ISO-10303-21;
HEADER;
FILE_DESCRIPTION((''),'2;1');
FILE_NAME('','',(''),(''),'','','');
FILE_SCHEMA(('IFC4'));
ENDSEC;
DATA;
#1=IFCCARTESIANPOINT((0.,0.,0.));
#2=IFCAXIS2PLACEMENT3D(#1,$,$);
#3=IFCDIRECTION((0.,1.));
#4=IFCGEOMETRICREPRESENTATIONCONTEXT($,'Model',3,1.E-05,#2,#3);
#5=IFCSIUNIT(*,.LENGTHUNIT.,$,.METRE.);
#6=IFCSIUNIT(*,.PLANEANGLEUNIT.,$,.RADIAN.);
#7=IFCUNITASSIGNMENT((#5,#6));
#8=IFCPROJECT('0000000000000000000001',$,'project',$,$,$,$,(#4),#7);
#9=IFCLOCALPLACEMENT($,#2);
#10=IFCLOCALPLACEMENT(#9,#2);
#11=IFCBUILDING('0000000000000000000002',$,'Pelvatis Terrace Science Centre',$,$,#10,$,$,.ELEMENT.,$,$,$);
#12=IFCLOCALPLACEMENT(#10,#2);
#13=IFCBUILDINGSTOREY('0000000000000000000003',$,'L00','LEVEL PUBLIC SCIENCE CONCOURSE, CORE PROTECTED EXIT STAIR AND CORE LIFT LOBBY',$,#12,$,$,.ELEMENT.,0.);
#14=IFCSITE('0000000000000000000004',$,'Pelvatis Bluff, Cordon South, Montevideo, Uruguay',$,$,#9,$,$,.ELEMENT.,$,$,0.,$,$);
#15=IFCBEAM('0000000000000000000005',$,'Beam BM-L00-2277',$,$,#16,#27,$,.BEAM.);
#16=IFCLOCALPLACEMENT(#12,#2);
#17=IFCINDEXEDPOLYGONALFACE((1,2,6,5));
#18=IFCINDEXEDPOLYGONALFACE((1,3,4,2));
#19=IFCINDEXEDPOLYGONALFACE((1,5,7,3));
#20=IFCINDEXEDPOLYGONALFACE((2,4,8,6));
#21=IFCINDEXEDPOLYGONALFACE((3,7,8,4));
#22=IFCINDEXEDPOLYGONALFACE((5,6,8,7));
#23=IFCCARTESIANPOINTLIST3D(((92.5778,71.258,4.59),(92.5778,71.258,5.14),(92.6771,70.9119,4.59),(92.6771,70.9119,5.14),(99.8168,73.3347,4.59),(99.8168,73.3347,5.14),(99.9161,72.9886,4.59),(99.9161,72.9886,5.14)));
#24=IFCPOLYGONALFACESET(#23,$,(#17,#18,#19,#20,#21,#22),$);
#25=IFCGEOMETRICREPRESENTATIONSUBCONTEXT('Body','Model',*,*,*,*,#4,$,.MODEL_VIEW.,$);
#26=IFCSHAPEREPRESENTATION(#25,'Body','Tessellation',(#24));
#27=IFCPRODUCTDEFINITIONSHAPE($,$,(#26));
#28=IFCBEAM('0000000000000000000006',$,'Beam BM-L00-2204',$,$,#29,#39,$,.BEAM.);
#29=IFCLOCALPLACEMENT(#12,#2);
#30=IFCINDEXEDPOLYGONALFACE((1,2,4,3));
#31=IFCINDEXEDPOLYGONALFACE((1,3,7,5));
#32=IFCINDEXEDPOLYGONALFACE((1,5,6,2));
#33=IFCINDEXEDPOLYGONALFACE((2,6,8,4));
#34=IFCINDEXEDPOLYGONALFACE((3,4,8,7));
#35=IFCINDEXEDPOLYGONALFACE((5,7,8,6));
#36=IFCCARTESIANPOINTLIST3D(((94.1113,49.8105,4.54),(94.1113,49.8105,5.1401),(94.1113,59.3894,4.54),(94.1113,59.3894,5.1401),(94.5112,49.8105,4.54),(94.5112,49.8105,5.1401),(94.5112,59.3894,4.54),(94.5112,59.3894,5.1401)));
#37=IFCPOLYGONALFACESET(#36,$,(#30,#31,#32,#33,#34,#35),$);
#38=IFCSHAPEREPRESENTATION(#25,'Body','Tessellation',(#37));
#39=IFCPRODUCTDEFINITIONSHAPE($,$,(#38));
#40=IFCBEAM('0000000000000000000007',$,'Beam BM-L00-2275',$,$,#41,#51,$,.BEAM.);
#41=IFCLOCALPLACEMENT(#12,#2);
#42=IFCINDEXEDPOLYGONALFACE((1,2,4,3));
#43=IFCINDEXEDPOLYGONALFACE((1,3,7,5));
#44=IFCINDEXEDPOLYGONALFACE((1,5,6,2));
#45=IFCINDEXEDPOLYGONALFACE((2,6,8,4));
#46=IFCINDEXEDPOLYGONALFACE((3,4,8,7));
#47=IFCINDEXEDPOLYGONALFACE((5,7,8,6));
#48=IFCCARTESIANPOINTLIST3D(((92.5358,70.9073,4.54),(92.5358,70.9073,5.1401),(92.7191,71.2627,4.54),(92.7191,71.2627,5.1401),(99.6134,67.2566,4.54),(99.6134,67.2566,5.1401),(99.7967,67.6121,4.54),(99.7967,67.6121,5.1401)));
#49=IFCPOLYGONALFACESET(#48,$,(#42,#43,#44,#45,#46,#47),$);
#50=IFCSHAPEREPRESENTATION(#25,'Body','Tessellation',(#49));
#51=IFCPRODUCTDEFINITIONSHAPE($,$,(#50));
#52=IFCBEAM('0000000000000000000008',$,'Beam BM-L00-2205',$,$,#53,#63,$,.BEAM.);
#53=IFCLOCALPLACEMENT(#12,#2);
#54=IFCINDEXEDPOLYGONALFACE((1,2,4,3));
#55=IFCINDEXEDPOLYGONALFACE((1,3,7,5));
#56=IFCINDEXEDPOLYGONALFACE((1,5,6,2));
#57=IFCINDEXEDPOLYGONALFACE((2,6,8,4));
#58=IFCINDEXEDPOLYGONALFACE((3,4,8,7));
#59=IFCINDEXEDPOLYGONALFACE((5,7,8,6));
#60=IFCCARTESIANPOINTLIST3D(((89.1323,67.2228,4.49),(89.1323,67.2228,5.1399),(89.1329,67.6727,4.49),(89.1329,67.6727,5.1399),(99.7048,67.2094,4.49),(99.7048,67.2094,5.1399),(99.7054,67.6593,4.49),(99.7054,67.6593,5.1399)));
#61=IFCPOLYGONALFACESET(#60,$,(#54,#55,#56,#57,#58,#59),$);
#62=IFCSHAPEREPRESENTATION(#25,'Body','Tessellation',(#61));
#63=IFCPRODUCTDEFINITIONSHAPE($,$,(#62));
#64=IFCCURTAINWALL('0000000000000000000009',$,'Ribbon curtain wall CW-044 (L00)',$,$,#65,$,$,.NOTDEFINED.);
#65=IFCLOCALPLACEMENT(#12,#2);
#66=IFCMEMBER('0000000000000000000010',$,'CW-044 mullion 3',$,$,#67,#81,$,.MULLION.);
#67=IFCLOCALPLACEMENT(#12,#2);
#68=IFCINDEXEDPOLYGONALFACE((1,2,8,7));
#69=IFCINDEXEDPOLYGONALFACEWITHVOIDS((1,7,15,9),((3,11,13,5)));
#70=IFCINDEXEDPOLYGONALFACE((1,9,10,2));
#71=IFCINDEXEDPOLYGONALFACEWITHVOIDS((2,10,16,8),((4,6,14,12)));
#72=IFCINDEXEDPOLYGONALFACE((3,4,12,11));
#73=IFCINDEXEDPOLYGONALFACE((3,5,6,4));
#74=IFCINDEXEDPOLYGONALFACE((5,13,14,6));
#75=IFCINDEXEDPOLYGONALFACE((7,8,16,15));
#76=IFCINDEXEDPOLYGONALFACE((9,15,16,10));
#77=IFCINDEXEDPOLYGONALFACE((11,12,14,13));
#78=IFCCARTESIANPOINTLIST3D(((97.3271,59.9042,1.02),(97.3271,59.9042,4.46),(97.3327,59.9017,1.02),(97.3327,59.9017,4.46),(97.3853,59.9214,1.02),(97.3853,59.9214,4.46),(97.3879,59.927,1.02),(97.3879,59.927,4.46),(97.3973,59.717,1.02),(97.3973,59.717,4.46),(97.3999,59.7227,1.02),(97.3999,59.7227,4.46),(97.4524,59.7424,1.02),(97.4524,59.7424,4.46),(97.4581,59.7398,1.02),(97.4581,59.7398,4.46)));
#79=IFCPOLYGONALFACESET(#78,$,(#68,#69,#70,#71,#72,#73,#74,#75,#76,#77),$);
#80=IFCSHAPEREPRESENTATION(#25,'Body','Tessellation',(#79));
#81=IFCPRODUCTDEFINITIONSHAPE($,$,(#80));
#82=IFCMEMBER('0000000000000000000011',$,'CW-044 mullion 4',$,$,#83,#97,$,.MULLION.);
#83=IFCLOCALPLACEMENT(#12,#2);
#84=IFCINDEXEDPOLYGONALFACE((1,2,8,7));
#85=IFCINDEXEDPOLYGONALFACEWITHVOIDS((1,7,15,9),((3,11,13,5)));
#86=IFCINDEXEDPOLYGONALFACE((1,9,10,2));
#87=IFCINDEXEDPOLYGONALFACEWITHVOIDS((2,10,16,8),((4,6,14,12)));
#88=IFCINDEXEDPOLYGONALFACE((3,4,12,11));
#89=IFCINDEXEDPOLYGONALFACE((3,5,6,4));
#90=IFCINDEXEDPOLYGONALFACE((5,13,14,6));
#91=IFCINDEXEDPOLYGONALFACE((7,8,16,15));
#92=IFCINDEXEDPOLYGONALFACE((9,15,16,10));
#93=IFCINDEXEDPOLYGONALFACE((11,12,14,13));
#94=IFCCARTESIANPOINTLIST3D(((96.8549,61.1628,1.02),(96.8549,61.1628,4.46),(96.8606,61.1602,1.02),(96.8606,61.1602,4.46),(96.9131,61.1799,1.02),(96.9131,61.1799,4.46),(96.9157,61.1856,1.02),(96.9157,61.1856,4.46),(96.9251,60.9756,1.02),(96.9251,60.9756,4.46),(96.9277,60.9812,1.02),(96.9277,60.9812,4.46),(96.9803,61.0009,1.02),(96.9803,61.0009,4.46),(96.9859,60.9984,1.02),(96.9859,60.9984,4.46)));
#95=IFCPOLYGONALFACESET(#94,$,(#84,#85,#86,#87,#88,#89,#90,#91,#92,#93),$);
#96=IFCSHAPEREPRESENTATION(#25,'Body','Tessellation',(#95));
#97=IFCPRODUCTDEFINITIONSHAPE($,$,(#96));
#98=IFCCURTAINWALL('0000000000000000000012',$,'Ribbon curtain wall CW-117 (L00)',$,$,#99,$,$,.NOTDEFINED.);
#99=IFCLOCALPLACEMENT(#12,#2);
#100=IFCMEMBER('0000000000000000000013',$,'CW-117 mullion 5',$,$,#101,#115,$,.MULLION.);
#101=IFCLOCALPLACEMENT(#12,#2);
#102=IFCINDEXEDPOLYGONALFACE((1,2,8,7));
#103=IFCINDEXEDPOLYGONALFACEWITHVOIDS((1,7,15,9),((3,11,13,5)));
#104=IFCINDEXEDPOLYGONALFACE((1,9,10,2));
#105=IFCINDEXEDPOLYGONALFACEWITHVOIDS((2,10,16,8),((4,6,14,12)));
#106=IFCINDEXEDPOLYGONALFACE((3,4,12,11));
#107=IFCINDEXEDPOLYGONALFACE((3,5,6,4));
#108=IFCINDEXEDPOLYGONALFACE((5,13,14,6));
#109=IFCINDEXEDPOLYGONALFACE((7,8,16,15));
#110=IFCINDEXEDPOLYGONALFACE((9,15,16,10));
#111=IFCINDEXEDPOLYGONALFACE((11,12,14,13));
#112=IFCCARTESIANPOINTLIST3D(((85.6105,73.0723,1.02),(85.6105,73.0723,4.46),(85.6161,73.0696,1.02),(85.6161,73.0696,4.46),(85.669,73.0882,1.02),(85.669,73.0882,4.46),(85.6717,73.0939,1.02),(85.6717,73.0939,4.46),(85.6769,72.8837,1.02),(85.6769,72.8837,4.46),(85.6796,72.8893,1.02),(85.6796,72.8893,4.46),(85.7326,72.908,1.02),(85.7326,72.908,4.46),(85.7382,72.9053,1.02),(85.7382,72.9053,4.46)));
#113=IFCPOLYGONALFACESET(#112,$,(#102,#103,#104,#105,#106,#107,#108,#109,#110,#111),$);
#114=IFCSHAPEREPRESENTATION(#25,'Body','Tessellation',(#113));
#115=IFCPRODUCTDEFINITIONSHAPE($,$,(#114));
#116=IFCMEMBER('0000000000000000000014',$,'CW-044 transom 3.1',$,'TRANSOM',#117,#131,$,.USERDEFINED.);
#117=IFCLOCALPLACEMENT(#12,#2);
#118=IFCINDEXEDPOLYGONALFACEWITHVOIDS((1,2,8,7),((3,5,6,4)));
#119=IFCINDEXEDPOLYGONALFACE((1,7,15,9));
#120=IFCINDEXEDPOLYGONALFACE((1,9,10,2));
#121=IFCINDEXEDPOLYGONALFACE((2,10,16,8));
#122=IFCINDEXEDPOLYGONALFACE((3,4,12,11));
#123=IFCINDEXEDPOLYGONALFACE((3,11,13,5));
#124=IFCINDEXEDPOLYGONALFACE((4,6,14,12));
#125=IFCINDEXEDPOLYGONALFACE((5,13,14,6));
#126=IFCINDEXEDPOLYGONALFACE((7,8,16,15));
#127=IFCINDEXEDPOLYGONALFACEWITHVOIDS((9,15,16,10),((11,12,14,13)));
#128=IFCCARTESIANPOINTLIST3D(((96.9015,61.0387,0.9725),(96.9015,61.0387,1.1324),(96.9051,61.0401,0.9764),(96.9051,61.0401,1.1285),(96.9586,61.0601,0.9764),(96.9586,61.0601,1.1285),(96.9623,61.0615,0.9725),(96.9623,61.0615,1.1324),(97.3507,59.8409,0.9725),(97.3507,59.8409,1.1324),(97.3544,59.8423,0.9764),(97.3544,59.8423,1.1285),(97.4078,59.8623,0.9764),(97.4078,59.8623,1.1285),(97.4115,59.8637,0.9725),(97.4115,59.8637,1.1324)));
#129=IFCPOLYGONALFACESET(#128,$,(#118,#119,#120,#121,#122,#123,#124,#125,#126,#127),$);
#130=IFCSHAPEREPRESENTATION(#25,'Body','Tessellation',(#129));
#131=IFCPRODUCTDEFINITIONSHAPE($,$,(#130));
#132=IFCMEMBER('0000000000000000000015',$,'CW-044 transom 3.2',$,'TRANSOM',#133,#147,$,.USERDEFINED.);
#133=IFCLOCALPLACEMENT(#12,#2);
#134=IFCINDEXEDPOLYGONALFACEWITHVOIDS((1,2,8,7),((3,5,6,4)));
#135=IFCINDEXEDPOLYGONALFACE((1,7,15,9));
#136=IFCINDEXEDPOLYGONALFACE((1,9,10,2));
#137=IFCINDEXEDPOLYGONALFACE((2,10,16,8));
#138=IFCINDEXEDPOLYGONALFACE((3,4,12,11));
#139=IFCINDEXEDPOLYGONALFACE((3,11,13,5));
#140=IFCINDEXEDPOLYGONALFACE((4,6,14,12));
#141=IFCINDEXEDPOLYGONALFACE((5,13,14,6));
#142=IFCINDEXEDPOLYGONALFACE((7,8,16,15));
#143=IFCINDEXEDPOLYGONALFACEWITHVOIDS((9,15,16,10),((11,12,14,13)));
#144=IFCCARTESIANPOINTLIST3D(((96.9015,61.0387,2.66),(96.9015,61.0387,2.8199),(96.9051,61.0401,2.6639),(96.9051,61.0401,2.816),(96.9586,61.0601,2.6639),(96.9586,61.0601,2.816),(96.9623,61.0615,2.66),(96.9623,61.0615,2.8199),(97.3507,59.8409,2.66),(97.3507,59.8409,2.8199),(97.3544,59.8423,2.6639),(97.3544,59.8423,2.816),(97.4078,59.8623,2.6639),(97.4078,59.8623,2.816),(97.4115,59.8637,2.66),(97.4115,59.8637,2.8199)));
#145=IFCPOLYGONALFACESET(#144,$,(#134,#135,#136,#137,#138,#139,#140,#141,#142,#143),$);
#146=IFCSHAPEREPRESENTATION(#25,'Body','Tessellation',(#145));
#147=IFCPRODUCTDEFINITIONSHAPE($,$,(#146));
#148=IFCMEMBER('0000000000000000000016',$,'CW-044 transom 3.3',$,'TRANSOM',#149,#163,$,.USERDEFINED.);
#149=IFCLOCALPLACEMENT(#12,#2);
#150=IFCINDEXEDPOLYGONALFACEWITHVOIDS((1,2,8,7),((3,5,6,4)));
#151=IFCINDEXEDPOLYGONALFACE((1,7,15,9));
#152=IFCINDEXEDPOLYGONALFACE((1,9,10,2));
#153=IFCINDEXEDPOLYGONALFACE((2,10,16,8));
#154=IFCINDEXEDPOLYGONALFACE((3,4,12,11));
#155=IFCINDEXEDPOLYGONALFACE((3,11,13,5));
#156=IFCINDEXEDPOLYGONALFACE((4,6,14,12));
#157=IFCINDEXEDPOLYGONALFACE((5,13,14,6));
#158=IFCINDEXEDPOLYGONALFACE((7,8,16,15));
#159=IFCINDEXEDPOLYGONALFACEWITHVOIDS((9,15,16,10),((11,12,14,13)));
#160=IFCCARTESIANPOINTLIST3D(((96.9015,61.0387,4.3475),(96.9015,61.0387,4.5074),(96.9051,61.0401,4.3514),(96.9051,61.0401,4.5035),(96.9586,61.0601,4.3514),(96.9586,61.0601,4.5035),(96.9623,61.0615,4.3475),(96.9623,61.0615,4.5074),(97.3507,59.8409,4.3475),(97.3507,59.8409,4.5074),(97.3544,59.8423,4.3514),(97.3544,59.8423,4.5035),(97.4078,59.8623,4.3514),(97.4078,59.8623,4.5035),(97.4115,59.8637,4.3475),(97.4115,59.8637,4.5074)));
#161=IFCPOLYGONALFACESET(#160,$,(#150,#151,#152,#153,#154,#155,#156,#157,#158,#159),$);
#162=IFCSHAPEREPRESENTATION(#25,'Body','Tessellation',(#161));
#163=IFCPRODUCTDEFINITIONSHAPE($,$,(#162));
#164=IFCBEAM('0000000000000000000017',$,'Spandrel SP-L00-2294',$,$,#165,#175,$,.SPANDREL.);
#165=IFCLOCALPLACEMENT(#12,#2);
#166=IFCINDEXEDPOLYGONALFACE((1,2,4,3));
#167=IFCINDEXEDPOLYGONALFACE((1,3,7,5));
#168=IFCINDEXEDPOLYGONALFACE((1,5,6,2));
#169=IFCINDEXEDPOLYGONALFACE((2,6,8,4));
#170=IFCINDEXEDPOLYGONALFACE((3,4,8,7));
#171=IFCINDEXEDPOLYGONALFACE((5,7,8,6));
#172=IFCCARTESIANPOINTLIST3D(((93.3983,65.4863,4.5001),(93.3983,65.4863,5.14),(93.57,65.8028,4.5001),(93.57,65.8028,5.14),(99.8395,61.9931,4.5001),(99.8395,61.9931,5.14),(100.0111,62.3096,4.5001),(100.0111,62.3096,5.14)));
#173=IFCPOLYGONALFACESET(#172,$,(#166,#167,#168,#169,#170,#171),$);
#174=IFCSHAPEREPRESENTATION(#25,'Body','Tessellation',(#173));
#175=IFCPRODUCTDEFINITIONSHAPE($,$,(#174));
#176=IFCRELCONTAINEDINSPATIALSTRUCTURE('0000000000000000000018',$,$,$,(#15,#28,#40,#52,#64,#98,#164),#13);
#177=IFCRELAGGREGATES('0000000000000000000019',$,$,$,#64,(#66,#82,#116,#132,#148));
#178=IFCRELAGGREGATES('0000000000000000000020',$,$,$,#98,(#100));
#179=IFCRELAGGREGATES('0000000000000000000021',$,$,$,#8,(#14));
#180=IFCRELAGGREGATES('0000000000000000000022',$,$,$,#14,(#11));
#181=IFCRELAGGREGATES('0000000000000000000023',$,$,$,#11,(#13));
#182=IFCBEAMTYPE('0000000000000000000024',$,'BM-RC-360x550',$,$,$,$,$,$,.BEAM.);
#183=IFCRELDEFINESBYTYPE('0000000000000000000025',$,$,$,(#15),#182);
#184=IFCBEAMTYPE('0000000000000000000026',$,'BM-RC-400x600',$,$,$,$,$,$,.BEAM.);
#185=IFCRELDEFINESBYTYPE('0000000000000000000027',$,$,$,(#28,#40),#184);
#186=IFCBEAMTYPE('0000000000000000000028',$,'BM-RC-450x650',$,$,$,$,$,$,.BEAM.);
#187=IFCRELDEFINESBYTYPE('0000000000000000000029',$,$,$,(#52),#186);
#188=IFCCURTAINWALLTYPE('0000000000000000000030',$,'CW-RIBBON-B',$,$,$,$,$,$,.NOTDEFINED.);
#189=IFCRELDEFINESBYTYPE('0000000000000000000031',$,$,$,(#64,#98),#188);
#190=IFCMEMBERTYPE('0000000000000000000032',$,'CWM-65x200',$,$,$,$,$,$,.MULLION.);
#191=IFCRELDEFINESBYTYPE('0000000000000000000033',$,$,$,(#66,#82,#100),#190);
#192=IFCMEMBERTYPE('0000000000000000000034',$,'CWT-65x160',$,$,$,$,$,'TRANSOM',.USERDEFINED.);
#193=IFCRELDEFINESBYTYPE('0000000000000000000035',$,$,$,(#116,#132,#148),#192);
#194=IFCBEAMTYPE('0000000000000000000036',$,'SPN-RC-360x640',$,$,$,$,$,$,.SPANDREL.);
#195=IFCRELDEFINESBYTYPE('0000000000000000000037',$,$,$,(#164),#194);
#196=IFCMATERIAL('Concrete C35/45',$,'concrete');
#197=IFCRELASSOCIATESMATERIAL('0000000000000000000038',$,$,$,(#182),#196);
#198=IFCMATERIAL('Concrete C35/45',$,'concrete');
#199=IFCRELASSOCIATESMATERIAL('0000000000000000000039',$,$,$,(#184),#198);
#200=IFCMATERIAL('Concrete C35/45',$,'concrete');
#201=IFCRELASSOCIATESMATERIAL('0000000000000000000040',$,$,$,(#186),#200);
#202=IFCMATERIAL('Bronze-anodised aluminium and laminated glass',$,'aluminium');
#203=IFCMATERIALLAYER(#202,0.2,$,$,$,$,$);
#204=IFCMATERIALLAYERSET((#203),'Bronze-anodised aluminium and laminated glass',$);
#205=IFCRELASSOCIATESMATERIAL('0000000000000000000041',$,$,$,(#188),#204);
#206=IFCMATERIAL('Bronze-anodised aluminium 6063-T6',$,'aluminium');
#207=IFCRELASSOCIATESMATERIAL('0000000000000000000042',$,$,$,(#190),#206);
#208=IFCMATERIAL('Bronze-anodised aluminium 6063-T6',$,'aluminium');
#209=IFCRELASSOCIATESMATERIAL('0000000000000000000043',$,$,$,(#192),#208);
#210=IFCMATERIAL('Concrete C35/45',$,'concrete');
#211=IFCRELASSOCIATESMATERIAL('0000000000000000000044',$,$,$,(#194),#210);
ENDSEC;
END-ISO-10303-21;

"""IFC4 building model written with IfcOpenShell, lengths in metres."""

from ifc_helpers import new_model, si_unit, direction, frame, origin, origin_2d, place, context, subcontext, project, spatial, rectangle, hollow_rectangle, extrude, material, layer, layer_set, material_profile, profile_set, type_object, element, aggregate, save


model = new_model("IFC4")

# Units and contexts
model_context = context("Model", 3, precision=1e-05, world=origin(), true_north=direction((0.0, 1.0)))
body_context = subcontext(model_context, "Body", "Model", "MODEL_VIEW")
ifc_project = project(units=[si_unit("LENGTHUNIT", "METRE"), si_unit("PLANEANGLEUNIT", "RADIAN")], contexts=[model_context])

# Site, building, storey
site_placement = place(None, origin())
site = spatial("IfcSite", under=ifc_project, at=site_placement, Name="Pelvatis Bluff, Cordon South, Montevideo, Uruguay", CompositionType="ELEMENT", RefElevation=0.0)
building_placement = place(site_placement, origin())
building = spatial("IfcBuilding", under=site, at=building_placement, Name="Pelvatis Terrace Science Centre", CompositionType="ELEMENT")
storey_placement = place(building_placement, origin())
storey = spatial("IfcBuildingStorey", under=building, at=storey_placement, Name="L00", Description="LEVEL PUBLIC SCIENCE CONCOURSE, CORE PROTECTED EXIT STAIR AND CORE LIFT LOBBY", CompositionType="ELEMENT", Elevation=0.0)

# Beams
ifc_material_1 = material(Name="Concrete C35/45", Category="concrete")
ifc_material_profile_1 = material_profile(ifc_material_1, rectangle(XDim=0.3601, YDim=0.55, at=origin_2d()), Name="RC-BM 360x550")
ifc_profile_set_1 = profile_set([ifc_material_profile_1], Name="Concrete C35/45")
beam_type_1 = type_object("IfcBeamType", Name="BM-RC-360x550", PredefinedType="BEAM", material=ifc_profile_set_1)
beam_1_placement = place(storey_placement, frame((92.6274, 71.085, 4.865), z_axis=(0.96123, 0.275749, 0.0), x_axis=(-0.275749, 0.96123, 0.0)))
element("IfcBeam", 1, at=beam_1_placement, inside=storey, type_object=beam_type_1, Name="Beam BM-L00-2277", PredefinedType="BEAM", context=body_context, shape_type="SweptSolid", body=[
    extrude(rectangle(XDim=0.3601, YDim=0.55, at=origin_2d()), origin(), (0.0, 0.0, 1.0), 7.531),
])
ifc_material_2 = material(Name="Concrete C35/45", Category="concrete")
ifc_material_profile_2 = material_profile(ifc_material_2, rectangle(XDim=0.3999, YDim=0.6001, at=origin_2d()), Name="RC-BM 400x600")
ifc_profile_set_2 = profile_set([ifc_material_profile_2], Name="Concrete C35/45")
beam_type_2 = type_object("IfcBeamType", Name="BM-RC-400x600", PredefinedType="BEAM", material=ifc_profile_set_2)
beam_2_placement = place(storey_placement, frame((94.3113, 59.3894, 4.8401), z_axis=(0.0, -1.0, 0.0), x_axis=(1.0, 0.0, 0.0)))
element("IfcBeam", 2, at=beam_2_placement, inside=storey, type_object=beam_type_2, Name="Beam BM-L00-2204", PredefinedType="BEAM", context=body_context, shape_type="SweptSolid", body=[
    extrude(rectangle(XDim=0.3999, YDim=0.6001, at=origin_2d()), origin(), (0.0, 0.0, 1.0), 9.5789),
])
beam_3_placement = place(storey_placement, frame((92.6274, 71.085, 4.8401), z_axis=(0.88874, -0.458411, 0.0), x_axis=(0.458411, 0.88874, 0.0)))
element("IfcBeam", 3, at=beam_3_placement, inside=storey, type_object=beam_type_2, Name="Beam BM-L00-2275", PredefinedType="BEAM", context=body_context, shape_type="SweptSolid", body=[
    extrude(rectangle(XDim=0.3999, YDim=0.6001, at=origin_2d()), origin(), (0.0, 0.0, 1.0), 7.9636),
])
ifc_material_3 = material(Name="Concrete C35/45", Category="concrete")
ifc_material_profile_3 = material_profile(ifc_material_3, rectangle(XDim=0.45, YDim=0.6499, at=origin_2d()), Name="RC-BM 450x650")
ifc_profile_set_3 = profile_set([ifc_material_profile_3], Name="Concrete C35/45")
beam_type_3 = type_object("IfcBeamType", Name="BM-RC-450x650", PredefinedType="BEAM", material=ifc_profile_set_3)
beam_4_placement = place(storey_placement, frame((89.1326, 67.4478, 4.8149), z_axis=(0.999999, -0.00127, 0.0), x_axis=(0.00127, 0.999999, 0.0)))
element("IfcBeam", 4, at=beam_4_placement, inside=storey, type_object=beam_type_3, Name="Beam BM-L00-2205", PredefinedType="BEAM", context=body_context, shape_type="SweptSolid", body=[
    extrude(rectangle(XDim=0.45, YDim=0.6499, at=origin_2d()), origin(), (0.0, 0.0, 1.0), 10.5725),
])

# Curtain wall, members
ifc_material_4 = material(Name="Bronze-anodised aluminium and laminated glass", Category="aluminium")
ifc_layer_1 = layer(ifc_material_4, 0.2)
ifc_layer_set_1 = layer_set([ifc_layer_1], Name="Bronze-anodised aluminium and laminated glass")
curtain_wall_type = type_object("IfcCurtainWallType", Name="CW-RIBBON-B", PredefinedType="NOTDEFINED", material=ifc_layer_set_1)
curtain_wall_1_placement = place(storey_placement, origin())
curtain_wall_1 = element("IfcCurtainWall", 5, at=curtain_wall_1_placement, inside=storey, type_object=curtain_wall_type, Name="Ribbon curtain wall CW-044 (L00)", PredefinedType="NOTDEFINED")
ifc_material_5 = material(Name="Bronze-anodised aluminium 6063-T6", Category="aluminium")
ifc_material_profile_4 = material_profile(ifc_material_5, hollow_rectangle(XDim=0.0649, YDim=0.2, WallThickness=0.0044, at=origin_2d()), Name="ALU-MUL 65x200")
ifc_profile_set_4 = profile_set([ifc_material_profile_4], Name="Bronze-anodised aluminium 6063-T6")
member_type_1 = type_object("IfcMemberType", Name="CWM-65x200", PredefinedType="MULLION", material=ifc_profile_set_4)
member_1_placement = place(storey_placement, frame((97.3926, 59.822, 1.02), z_axis=(0.0, 0.0, 1.0), x_axis=(-0.936318, -0.351153, 0.0)))
member_1 = element("IfcMember", 6, at=member_1_placement, type_object=member_type_1, Name="CW-044 mullion 3", PredefinedType="MULLION", context=body_context, shape_type="SweptSolid", body=[
    extrude(hollow_rectangle(XDim=0.0649, YDim=0.2, WallThickness=0.0044, at=origin_2d()), origin(), (0.0, 0.0, 1.0), 3.4399),
])
member_2_placement = place(storey_placement, frame((96.9204, 61.0806, 1.02), z_axis=(0.0, 0.0, 1.0), x_axis=(-0.936318, -0.351153, 0.0)))
member_2 = element("IfcMember", 7, at=member_2_placement, type_object=member_type_1, Name="CW-044 mullion 4", PredefinedType="MULLION", context=body_context, shape_type="SweptSolid", body=[
    extrude(hollow_rectangle(XDim=0.0649, YDim=0.2, WallThickness=0.0044, at=origin_2d()), origin(), (0.0, 0.0, 1.0), 3.4399),
])

# Curtain wall, member
curtain_wall_2_placement = place(storey_placement, origin())
curtain_wall_2 = element("IfcCurtainWall", 8, at=curtain_wall_2_placement, inside=storey, type_object=curtain_wall_type, Name="Ribbon curtain wall CW-117 (L00)", PredefinedType="NOTDEFINED")
member_3_placement = place(storey_placement, frame((85.6743, 72.9888, 1.02), z_axis=(0.0, 0.0, 1.0), x_axis=(0.943171, 0.332308, 0.0)))
member_3 = element("IfcMember", 9, at=member_3_placement, type_object=member_type_1, Name="CW-117 mullion 5", PredefinedType="MULLION", context=body_context, shape_type="SweptSolid", body=[
    extrude(hollow_rectangle(XDim=0.0649, YDim=0.2, WallThickness=0.0044, at=origin_2d()), origin(), (0.0, 0.0, 1.0), 3.4399),
])

# Members
ifc_material_6 = material(Name="Bronze-anodised aluminium 6063-T6", Category="aluminium")
ifc_material_profile_5 = material_profile(ifc_material_6, hollow_rectangle(XDim=0.0649, YDim=0.1599, WallThickness=0.0039, at=origin_2d()), Name="ALU-TRN 65x160")
ifc_profile_set_5 = profile_set([ifc_material_profile_5], Name="Bronze-anodised aluminium 6063-T6")
member_type_2 = type_object("IfcMemberType", Name="CWT-65x160", ElementType="TRANSOM", PredefinedType="USERDEFINED", material=ifc_profile_set_5)
member_4_placement = place(storey_placement, frame((97.3811, 59.8523, 1.0525), z_axis=(-0.351165, 0.936313, 0.0), x_axis=(-0.936313, -0.351165, 0.0)))
member_4 = element("IfcMember", 10, at=member_4_placement, type_object=member_type_2, Name="CW-044 transom 3.1", ObjectType="TRANSOM", PredefinedType="USERDEFINED", context=body_context, shape_type="SweptSolid", body=[
    extrude(hollow_rectangle(XDim=0.0649, YDim=0.1599, WallThickness=0.0039, at=origin_2d()), origin(), (0.0, 0.0, 1.0), 1.2793),
])
member_5_placement = place(storey_placement, frame((97.3811, 59.8523, 2.74), z_axis=(-0.351165, 0.936313, 0.0), x_axis=(-0.936313, -0.351165, 0.0)))
member_5 = element("IfcMember", 11, at=member_5_placement, type_object=member_type_2, Name="CW-044 transom 3.2", ObjectType="TRANSOM", PredefinedType="USERDEFINED", context=body_context, shape_type="SweptSolid", body=[
    extrude(hollow_rectangle(XDim=0.0649, YDim=0.1599, WallThickness=0.0039, at=origin_2d()), origin(), (0.0, 0.0, 1.0), 1.2793),
])
member_6_placement = place(storey_placement, frame((97.3811, 59.8523, 4.4275), z_axis=(-0.351165, 0.936313, 0.0), x_axis=(-0.936313, -0.351165, 0.0)))
member_6 = element("IfcMember", 12, at=member_6_placement, type_object=member_type_2, Name="CW-044 transom 3.3", ObjectType="TRANSOM", PredefinedType="USERDEFINED", context=body_context, shape_type="SweptSolid", body=[
    extrude(hollow_rectangle(XDim=0.0649, YDim=0.1599, WallThickness=0.0039, at=origin_2d()), origin(), (0.0, 0.0, 1.0), 1.2793),
])

# Beam
ifc_material_7 = material(Name="Concrete C35/45", Category="concrete")
ifc_material_profile_6 = material_profile(ifc_material_7, rectangle(XDim=0.3601, YDim=0.6399, at=origin_2d()), Name="RC-SPN 360x640")
ifc_profile_set_6 = profile_set([ifc_material_profile_6], Name="Concrete C35/45")
beam_type_4 = type_object("IfcBeamType", Name="SPN-RC-360x640", PredefinedType="SPANDREL", material=ifc_profile_set_6)
beam_5_placement = place(storey_placement, frame((93.4841, 65.6445, 4.8201), z_axis=(0.879052, -0.476726, 0.0), x_axis=(0.476726, 0.879052, 0.0)))
element("IfcBeam", 13, at=beam_5_placement, inside=storey, type_object=beam_type_4, Name="Spandrel SP-L00-2294", PredefinedType="SPANDREL", context=body_context, shape_type="SweptSolid", body=[
    extrude(rectangle(XDim=0.3601, YDim=0.6399, at=origin_2d()), origin(), (0.0, 0.0, 1.0), 7.3274),
])

aggregate(curtain_wall_1, [member_1, member_2, member_4, member_5, member_6])
aggregate(curtain_wall_2, [member_3])

save(model, "model.ifc")
